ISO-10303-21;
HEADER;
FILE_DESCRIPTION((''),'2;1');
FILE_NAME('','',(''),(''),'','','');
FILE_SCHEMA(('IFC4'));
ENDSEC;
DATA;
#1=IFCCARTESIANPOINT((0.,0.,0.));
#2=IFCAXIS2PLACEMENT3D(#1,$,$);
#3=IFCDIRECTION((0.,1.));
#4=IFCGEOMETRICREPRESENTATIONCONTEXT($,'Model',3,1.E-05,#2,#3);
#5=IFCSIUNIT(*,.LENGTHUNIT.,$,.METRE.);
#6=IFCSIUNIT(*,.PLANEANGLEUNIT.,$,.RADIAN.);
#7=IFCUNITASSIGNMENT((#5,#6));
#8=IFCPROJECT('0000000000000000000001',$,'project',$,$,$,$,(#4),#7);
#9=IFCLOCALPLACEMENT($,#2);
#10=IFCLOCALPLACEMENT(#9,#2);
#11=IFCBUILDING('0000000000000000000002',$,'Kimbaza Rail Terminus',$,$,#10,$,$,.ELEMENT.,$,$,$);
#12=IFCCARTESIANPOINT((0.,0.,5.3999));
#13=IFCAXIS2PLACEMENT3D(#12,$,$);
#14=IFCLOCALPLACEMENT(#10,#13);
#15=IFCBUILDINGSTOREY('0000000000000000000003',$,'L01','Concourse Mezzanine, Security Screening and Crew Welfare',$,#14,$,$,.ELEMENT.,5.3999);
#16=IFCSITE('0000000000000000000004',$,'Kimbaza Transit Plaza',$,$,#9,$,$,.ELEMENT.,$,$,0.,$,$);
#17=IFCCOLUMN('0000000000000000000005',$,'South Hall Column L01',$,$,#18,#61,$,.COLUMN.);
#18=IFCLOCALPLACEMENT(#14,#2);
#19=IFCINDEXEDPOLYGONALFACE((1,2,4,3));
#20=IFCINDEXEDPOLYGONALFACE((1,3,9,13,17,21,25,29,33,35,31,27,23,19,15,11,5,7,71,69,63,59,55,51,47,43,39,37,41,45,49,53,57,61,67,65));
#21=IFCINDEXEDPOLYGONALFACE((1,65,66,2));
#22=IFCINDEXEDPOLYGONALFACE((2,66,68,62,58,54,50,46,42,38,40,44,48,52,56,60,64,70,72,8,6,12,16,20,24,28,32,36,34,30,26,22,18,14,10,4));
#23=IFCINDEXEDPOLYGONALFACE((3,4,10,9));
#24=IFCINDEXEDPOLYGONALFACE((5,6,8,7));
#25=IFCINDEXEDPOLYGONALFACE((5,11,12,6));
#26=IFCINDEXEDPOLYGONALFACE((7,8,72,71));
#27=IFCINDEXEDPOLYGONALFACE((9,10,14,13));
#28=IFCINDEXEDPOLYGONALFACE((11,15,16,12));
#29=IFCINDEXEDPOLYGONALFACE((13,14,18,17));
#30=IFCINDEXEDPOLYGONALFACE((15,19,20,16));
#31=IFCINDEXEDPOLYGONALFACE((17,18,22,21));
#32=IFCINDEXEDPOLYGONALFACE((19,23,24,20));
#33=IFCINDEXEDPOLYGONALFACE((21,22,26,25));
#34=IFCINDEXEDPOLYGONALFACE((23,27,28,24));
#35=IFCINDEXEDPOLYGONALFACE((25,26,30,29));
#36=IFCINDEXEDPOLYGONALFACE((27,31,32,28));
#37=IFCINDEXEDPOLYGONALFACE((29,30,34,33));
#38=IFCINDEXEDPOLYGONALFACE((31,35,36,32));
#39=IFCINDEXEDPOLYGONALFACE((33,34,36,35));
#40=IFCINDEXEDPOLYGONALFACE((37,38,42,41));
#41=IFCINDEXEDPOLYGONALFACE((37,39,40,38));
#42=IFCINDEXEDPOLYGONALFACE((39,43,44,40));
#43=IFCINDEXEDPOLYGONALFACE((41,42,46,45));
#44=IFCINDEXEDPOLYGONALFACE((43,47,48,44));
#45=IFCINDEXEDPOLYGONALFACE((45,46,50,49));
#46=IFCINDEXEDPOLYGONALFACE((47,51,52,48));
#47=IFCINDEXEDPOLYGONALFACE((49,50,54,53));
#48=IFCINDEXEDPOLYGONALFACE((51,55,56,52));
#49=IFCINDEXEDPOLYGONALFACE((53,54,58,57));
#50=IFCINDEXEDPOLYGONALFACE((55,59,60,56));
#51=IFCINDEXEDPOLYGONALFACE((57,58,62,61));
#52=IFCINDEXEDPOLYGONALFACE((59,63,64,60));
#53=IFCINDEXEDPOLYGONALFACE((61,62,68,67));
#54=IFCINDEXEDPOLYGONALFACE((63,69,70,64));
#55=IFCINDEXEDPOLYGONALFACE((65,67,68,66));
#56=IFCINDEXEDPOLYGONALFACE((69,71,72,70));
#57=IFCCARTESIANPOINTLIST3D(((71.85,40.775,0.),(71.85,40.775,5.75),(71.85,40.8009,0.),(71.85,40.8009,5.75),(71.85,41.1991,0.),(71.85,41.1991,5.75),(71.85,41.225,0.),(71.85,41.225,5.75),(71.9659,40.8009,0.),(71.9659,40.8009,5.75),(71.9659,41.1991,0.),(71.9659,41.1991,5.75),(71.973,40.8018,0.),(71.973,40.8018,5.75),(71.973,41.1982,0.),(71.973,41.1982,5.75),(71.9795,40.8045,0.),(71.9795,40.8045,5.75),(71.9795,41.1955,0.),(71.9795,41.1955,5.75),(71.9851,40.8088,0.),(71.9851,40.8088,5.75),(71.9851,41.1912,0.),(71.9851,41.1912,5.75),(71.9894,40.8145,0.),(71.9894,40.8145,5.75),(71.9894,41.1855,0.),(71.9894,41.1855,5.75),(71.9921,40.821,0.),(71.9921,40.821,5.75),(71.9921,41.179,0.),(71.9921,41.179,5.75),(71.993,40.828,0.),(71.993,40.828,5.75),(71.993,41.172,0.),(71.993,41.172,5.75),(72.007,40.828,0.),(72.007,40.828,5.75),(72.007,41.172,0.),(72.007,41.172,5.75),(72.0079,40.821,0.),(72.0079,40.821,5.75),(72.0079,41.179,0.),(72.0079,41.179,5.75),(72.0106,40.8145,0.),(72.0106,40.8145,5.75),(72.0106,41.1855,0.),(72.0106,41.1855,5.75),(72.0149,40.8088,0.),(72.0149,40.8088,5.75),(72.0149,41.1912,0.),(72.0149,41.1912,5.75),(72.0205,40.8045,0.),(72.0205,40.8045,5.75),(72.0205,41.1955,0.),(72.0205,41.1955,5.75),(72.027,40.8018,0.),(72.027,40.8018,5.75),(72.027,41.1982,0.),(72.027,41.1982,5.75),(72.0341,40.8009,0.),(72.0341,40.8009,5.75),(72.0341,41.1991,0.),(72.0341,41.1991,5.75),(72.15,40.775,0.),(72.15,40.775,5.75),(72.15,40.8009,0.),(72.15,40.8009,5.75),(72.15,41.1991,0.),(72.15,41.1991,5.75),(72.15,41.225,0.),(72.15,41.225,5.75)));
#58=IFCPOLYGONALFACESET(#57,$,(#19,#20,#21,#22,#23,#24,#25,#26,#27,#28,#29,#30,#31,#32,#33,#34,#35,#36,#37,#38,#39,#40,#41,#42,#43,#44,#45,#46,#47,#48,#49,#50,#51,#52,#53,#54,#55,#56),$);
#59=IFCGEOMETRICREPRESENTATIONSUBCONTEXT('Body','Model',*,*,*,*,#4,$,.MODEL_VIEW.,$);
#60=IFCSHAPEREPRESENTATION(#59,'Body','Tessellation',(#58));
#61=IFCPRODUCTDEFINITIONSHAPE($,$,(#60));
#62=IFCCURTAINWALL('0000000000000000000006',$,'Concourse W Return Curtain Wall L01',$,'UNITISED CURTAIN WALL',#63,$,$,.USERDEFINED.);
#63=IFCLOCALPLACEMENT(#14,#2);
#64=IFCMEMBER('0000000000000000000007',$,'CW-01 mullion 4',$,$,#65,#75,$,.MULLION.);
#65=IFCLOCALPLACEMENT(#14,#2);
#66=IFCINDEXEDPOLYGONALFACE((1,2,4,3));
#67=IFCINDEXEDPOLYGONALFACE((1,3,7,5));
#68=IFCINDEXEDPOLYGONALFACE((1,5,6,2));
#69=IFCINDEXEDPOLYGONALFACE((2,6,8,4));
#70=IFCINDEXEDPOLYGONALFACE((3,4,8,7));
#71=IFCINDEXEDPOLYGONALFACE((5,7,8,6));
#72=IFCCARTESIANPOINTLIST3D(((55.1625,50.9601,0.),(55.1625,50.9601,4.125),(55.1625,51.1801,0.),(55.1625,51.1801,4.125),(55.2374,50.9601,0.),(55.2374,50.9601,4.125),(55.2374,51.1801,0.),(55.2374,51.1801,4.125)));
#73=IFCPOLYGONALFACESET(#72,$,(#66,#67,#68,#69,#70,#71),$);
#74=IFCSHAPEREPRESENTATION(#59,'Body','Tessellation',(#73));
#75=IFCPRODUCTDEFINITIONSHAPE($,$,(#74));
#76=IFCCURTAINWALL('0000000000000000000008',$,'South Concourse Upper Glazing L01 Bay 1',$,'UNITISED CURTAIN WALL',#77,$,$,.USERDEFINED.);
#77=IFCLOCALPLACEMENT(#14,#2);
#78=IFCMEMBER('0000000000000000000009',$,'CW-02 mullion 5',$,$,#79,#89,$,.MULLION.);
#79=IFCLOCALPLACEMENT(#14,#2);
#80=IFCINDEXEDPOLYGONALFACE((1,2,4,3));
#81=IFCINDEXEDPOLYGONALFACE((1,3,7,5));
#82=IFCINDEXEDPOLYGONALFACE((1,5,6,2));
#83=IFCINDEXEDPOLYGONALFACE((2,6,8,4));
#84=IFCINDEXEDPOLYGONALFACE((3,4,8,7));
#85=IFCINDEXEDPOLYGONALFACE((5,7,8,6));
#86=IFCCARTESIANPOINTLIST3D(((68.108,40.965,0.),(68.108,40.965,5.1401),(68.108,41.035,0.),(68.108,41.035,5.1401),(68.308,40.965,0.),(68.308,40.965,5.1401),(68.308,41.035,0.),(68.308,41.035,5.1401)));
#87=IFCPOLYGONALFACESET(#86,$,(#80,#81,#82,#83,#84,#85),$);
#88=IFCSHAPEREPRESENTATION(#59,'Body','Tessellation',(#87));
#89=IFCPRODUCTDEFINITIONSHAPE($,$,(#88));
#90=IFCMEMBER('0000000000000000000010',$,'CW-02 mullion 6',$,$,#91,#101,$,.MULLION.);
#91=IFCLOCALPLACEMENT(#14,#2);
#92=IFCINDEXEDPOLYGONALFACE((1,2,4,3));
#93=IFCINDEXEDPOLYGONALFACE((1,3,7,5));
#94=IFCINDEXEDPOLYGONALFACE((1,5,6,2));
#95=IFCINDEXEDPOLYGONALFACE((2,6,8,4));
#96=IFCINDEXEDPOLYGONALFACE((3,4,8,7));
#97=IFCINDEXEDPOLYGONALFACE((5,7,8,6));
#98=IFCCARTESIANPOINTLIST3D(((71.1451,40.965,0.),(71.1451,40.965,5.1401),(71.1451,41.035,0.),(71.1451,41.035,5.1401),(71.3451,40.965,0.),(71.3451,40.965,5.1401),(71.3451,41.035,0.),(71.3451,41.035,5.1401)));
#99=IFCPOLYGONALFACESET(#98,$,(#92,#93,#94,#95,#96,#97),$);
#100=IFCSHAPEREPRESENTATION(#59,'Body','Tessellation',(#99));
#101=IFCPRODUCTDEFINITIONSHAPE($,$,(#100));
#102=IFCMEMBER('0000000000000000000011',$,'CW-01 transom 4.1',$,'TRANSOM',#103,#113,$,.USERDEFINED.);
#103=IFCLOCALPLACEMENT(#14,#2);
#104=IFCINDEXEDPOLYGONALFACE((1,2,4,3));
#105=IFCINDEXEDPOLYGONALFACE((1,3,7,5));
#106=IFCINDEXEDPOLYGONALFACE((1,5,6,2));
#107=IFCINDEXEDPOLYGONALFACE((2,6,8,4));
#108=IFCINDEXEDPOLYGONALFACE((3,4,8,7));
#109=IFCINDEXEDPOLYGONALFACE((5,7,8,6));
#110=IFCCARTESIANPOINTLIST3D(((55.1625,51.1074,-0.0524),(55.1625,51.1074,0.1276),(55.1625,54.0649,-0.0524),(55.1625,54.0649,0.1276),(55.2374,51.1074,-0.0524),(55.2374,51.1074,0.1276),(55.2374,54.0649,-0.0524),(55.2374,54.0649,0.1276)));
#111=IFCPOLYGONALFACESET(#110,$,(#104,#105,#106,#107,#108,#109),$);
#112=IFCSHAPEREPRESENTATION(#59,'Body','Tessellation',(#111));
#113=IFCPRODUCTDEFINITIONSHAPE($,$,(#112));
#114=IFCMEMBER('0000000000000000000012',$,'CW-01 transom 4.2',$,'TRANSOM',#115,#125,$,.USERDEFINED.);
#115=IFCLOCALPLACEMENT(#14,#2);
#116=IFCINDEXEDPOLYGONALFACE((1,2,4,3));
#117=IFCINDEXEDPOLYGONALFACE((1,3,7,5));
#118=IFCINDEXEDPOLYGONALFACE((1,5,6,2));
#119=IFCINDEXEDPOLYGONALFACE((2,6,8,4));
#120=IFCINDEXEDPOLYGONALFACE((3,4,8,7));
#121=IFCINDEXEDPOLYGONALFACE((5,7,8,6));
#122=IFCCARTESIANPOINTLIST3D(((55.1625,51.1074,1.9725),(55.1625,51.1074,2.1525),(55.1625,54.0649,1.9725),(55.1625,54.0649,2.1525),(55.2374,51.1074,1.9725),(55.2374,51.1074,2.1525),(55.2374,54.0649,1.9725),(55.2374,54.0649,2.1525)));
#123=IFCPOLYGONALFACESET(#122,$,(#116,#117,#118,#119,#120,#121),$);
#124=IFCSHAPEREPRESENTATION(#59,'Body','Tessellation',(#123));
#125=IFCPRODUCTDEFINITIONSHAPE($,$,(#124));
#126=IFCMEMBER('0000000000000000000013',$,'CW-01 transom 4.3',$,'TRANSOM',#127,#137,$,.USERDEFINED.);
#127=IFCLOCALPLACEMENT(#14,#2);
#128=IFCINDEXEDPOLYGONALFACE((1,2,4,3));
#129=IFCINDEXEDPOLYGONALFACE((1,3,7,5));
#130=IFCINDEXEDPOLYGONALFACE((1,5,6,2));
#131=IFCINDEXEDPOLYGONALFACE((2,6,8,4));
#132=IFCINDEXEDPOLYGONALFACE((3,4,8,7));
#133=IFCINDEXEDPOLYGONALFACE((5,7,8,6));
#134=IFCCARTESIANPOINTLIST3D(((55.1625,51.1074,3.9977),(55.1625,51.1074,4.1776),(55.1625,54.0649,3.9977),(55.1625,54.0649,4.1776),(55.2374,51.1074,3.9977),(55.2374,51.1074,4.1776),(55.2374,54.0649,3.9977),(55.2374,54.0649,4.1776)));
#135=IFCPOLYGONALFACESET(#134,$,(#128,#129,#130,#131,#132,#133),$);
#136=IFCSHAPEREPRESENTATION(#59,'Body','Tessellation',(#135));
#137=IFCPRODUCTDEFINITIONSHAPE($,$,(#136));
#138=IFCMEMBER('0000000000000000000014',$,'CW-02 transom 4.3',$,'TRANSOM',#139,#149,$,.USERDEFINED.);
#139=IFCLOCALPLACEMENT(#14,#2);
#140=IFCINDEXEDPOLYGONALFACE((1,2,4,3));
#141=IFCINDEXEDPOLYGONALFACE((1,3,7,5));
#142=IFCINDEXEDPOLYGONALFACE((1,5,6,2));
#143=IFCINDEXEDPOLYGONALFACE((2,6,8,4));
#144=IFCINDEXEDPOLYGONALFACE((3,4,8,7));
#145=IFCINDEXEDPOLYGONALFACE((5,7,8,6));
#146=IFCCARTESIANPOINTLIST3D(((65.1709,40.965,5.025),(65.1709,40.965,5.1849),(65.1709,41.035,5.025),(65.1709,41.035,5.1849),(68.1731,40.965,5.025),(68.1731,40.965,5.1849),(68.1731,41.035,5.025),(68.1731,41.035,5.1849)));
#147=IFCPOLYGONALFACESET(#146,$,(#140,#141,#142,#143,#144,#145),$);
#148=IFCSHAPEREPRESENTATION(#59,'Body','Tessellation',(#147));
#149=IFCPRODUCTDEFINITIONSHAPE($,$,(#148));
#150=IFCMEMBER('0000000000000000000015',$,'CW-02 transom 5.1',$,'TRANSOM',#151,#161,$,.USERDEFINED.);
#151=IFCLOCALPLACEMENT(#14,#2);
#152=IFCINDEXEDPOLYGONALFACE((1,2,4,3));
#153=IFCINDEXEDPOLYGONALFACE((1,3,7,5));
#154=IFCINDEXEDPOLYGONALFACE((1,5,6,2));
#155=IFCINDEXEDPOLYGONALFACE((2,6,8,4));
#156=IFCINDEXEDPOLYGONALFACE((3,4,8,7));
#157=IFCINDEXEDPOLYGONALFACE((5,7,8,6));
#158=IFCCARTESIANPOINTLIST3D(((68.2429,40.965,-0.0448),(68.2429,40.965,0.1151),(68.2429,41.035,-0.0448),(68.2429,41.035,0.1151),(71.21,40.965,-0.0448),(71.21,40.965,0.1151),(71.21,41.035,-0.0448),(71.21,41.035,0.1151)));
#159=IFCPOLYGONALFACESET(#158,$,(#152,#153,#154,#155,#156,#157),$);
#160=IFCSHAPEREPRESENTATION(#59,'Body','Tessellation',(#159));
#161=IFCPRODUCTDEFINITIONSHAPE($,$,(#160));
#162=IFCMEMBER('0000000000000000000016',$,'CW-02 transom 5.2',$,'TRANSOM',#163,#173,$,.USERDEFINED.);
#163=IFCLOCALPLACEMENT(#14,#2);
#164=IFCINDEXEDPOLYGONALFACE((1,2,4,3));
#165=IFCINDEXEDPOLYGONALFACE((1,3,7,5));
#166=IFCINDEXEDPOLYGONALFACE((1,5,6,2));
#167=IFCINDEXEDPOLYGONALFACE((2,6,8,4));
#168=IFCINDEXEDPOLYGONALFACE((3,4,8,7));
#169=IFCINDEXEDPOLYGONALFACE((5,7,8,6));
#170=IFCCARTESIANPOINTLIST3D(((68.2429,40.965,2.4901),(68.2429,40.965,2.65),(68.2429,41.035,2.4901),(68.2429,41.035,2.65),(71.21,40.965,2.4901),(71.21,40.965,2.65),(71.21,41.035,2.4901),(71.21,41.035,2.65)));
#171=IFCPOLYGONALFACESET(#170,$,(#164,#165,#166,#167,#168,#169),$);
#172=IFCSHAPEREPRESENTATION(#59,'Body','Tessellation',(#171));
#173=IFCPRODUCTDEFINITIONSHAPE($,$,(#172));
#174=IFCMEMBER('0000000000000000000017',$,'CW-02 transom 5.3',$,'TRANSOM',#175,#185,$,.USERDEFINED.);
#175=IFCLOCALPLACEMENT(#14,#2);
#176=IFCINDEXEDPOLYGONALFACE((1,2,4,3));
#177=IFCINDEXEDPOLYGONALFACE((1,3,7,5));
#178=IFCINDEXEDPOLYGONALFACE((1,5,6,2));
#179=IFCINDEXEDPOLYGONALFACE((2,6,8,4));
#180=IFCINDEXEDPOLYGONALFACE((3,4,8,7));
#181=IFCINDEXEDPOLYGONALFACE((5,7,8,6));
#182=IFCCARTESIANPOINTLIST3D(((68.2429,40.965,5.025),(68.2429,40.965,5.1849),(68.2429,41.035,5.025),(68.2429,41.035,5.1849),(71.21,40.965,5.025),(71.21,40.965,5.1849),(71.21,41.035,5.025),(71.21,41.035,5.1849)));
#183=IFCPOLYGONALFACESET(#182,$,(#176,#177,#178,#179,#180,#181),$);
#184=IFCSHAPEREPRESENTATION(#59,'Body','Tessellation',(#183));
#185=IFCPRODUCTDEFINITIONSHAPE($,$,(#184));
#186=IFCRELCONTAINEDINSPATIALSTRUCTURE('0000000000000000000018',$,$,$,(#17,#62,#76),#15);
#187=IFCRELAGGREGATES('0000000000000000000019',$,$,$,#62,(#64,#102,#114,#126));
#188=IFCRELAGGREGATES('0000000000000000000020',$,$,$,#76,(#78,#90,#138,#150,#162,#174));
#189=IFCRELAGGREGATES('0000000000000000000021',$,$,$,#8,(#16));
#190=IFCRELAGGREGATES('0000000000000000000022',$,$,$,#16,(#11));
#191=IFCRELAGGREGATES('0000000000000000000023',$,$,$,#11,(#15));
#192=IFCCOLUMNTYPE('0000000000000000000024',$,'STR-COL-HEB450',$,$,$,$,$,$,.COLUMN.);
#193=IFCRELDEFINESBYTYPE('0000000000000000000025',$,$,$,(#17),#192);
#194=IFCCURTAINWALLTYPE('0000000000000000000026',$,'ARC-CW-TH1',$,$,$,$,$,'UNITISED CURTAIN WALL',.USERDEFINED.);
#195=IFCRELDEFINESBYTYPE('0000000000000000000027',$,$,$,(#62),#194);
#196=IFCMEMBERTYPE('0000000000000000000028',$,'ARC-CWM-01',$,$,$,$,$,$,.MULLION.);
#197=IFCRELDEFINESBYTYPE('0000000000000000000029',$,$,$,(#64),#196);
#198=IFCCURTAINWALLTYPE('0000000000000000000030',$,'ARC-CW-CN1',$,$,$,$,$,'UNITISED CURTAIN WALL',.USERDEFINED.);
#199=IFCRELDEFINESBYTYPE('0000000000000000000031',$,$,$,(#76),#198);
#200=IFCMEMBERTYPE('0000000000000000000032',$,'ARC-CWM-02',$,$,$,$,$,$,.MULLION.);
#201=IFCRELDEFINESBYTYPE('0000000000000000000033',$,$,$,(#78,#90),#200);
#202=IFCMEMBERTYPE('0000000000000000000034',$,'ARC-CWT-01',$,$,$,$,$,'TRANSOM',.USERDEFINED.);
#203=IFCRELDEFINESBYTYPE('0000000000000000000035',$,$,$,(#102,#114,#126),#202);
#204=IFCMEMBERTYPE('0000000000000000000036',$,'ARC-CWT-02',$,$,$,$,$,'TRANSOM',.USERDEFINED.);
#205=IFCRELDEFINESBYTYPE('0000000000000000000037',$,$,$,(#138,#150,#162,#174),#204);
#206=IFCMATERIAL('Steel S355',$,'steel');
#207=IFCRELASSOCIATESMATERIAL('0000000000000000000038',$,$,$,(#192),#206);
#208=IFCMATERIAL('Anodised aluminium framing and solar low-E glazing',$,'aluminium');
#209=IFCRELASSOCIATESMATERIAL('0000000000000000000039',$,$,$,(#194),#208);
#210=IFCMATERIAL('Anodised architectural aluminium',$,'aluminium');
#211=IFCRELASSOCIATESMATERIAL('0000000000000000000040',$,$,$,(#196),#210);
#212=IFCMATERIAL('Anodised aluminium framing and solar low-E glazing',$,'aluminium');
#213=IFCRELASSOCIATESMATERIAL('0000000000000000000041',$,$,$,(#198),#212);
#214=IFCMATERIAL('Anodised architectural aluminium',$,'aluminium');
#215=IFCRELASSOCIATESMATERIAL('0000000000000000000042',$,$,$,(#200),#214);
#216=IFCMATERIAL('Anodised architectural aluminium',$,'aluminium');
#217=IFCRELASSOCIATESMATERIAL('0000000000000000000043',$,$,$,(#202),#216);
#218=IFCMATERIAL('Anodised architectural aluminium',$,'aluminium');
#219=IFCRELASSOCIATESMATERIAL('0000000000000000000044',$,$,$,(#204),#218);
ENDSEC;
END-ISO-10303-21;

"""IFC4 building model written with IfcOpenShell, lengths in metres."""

from ifc_helpers import new_model, si_unit, direction, frame, origin, origin_2d, place, context, subcontext, project, spatial, rectangle, i_section, extrude, material, material_profile, profile_set, type_object, element, aggregate, save


model = new_model("IFC4")

# Units and contexts
model_context = context("Model", 3, precision=1e-05, world=origin(), true_north=direction((0.0, 1.0)))
body_context = subcontext(model_context, "Body", "Model", "MODEL_VIEW")
ifc_project = project(units=[si_unit("LENGTHUNIT", "METRE"), si_unit("PLANEANGLEUNIT", "RADIAN")], contexts=[model_context])

# Site, building, storey
site_placement = place(None, origin())
site = spatial("IfcSite", under=ifc_project, at=site_placement, Name="Kimbaza Transit Plaza", CompositionType="ELEMENT", RefElevation=0.0)
building_placement = place(site_placement, origin())
building = spatial("IfcBuilding", under=site, at=building_placement, Name="Kimbaza Rail Terminus", CompositionType="ELEMENT")
storey_placement = place(building_placement, frame((0.0, 0.0, 5.3999)))
storey = spatial("IfcBuildingStorey", under=building, at=storey_placement, Name="L01", Description="Concourse Mezzanine, Security Screening and Crew Welfare", CompositionType="ELEMENT", Elevation=5.3999)

# Column
ifc_material_1 = material(Name="Steel S355", Category="steel")
ifc_material_profile_1 = material_profile(ifc_material_1, i_section(OverallWidth=0.3, OverallDepth=0.45, WebThickness=0.0139, FlangeThickness=0.0259, FilletRadius=0.0271, at=origin_2d()), Name="HEB 450")
ifc_profile_set_1 = profile_set([ifc_material_profile_1], Name="Steel S355")
column_type = type_object("IfcColumnType", Name="STR-COL-HEB450", PredefinedType="COLUMN", material=ifc_profile_set_1)
column_placement = place(storey_placement, frame((72.0, 41.0, 0.0), z_axis=(0.0, 0.0, 1.0), x_axis=(1.0, 0.0, 0.0)))
element("IfcColumn", 1, at=column_placement, inside=storey, type_object=column_type, Name="South Hall Column L01", PredefinedType="COLUMN", context=body_context, shape_type="SweptSolid", body=[
    extrude(i_section(OverallWidth=0.3, OverallDepth=0.45, WebThickness=0.0139, FlangeThickness=0.0259, FilletRadius=0.0271, at=origin_2d()), origin(), (0.0, 0.0, 1.0), 5.75),
])

# Curtain wall, member
ifc_material_2 = material(Name="Anodised aluminium framing and solar low-E glazing", Category="aluminium")
curtain_wall_type_1 = type_object("IfcCurtainWallType", Name="ARC-CW-TH1", ElementType="UNITISED CURTAIN WALL", PredefinedType="USERDEFINED", material=ifc_material_2)
curtain_wall_1_placement = place(storey_placement, origin())
curtain_wall_1 = element("IfcCurtainWall", 2, at=curtain_wall_1_placement, inside=storey, type_object=curtain_wall_type_1, Name="Concourse W Return Curtain Wall L01", ObjectType="UNITISED CURTAIN WALL", PredefinedType="USERDEFINED")
ifc_material_3 = material(Name="Anodised architectural aluminium", Category="aluminium")
ifc_material_profile_2 = material_profile(ifc_material_3, rectangle(XDim=0.075, YDim=0.22, at=origin_2d()), Name="MULLION 75x220")
ifc_profile_set_2 = profile_set([ifc_material_profile_2], Name="Anodised architectural aluminium")
member_type_1 = type_object("IfcMemberType", Name="ARC-CWM-01", PredefinedType="MULLION", material=ifc_profile_set_2)
member_1_placement = place(storey_placement, frame((55.2, 51.0701, 0.0), z_axis=(0.0, 0.0, 1.0), x_axis=(-1.0, 0.0, 0.0)))
member_1 = element("IfcMember", 3, at=member_1_placement, type_object=member_type_1, Name="CW-01 mullion 4", PredefinedType="MULLION", context=body_context, shape_type="SweptSolid", body=[
    extrude(rectangle(XDim=0.075, YDim=0.22, at=origin_2d()), origin(), (0.0, 0.0, 1.0), 4.125),
])

# Curtain wall, members
ifc_material_4 = material(Name="Anodised aluminium framing and solar low-E glazing", Category="aluminium")
curtain_wall_type_2 = type_object("IfcCurtainWallType", Name="ARC-CW-CN1", ElementType="UNITISED CURTAIN WALL", PredefinedType="USERDEFINED", material=ifc_material_4)
curtain_wall_2_placement = place(storey_placement, origin())
curtain_wall_2 = element("IfcCurtainWall", 4, at=curtain_wall_2_placement, inside=storey, type_object=curtain_wall_type_2, Name="South Concourse Upper Glazing L01 Bay 1", ObjectType="UNITISED CURTAIN WALL", PredefinedType="USERDEFINED")
ifc_material_5 = material(Name="Anodised architectural aluminium", Category="aluminium")
ifc_material_profile_3 = material_profile(ifc_material_5, rectangle(XDim=0.0701, YDim=0.2, at=origin_2d()), Name="MULLION 70x200")
ifc_profile_set_3 = profile_set([ifc_material_profile_3], Name="Anodised architectural aluminium")
member_type_2 = type_object("IfcMemberType", Name="ARC-CWM-02", PredefinedType="MULLION", material=ifc_profile_set_3)
member_2_placement = place(storey_placement, frame((68.208, 41.0, 0.0), z_axis=(0.0, 0.0, 1.0), x_axis=(0.0, 1.0, 0.0)))
member_2 = element("IfcMember", 5, at=member_2_placement, type_object=member_type_2, Name="CW-02 mullion 5", PredefinedType="MULLION", context=body_context, shape_type="SweptSolid", body=[
    extrude(rectangle(XDim=0.0701, YDim=0.2, at=origin_2d()), origin(), (0.0, 0.0, 1.0), 5.1401),
])
member_3_placement = place(storey_placement, frame((71.2451, 41.0, 0.0), z_axis=(0.0, 0.0, 1.0), x_axis=(0.0, 1.0, 0.0)))
member_3 = element("IfcMember", 6, at=member_3_placement, type_object=member_type_2, Name="CW-02 mullion 6", PredefinedType="MULLION", context=body_context, shape_type="SweptSolid", body=[
    extrude(rectangle(XDim=0.0701, YDim=0.2, at=origin_2d()), origin(), (0.0, 0.0, 1.0), 5.1401),
])

# Members
ifc_material_6 = material(Name="Anodised architectural aluminium", Category="aluminium")
ifc_material_profile_4 = material_profile(ifc_material_6, rectangle(XDim=0.075, YDim=0.1799, at=origin_2d()), Name="TRANSOM 75x180")
ifc_profile_set_4 = profile_set([ifc_material_profile_4], Name="Anodised architectural aluminium")
member_type_3 = type_object("IfcMemberType", Name="ARC-CWT-01", ElementType="TRANSOM", PredefinedType="USERDEFINED", material=ifc_profile_set_4)
member_4_placement = place(storey_placement, frame((55.2, 51.1074, 0.0376), z_axis=(0.0, 1.0, 0.0), x_axis=(-1.0, 0.0, 0.0)))
member_4 = element("IfcMember", 7, at=member_4_placement, type_object=member_type_3, Name="CW-01 transom 4.1", ObjectType="TRANSOM", PredefinedType="USERDEFINED", context=body_context, shape_type="SweptSolid", body=[
    extrude(rectangle(XDim=0.075, YDim=0.1799, at=origin_2d()), origin(), (0.0, 0.0, 1.0), 2.9575),
])
member_5_placement = place(storey_placement, frame((55.2, 51.1074, 2.0625), z_axis=(0.0, 1.0, 0.0), x_axis=(-1.0, 0.0, 0.0)))
member_5 = element("IfcMember", 8, at=member_5_placement, type_object=member_type_3, Name="CW-01 transom 4.2", ObjectType="TRANSOM", PredefinedType="USERDEFINED", context=body_context, shape_type="SweptSolid", body=[
    extrude(rectangle(XDim=0.075, YDim=0.1799, at=origin_2d()), origin(), (0.0, 0.0, 1.0), 2.9575),
])
member_6_placement = place(storey_placement, frame((55.2, 51.1074, 4.0876), z_axis=(0.0, 1.0, 0.0), x_axis=(-1.0, 0.0, 0.0)))
member_6 = element("IfcMember", 9, at=member_6_placement, type_object=member_type_3, Name="CW-01 transom 4.3", ObjectType="TRANSOM", PredefinedType="USERDEFINED", context=body_context, shape_type="SweptSolid", body=[
    extrude(rectangle(XDim=0.075, YDim=0.1799, at=origin_2d()), origin(), (0.0, 0.0, 1.0), 2.9575),
])
ifc_material_7 = material(Name="Anodised architectural aluminium", Category="aluminium")
ifc_material_profile_5 = material_profile(ifc_material_7, rectangle(XDim=0.0701, YDim=0.1599, at=origin_2d()), Name="TRANSOM 70x160")
ifc_profile_set_5 = profile_set([ifc_material_profile_5], Name="Anodised architectural aluminium")
member_type_4 = type_object("IfcMemberType", Name="ARC-CWT-02", ElementType="TRANSOM", PredefinedType="USERDEFINED", material=ifc_profile_set_5)
member_7_placement = place(storey_placement, frame((65.1709, 41.0, 5.105), z_axis=(1.0, 0.0, 0.0), x_axis=(0.0, 1.0, 0.0)))
member_7 = element("IfcMember", 10, at=member_7_placement, type_object=member_type_4, Name="CW-02 transom 4.3", ObjectType="TRANSOM", PredefinedType="USERDEFINED", context=body_context, shape_type="SweptSolid", body=[
    extrude(rectangle(XDim=0.0701, YDim=0.1599, at=origin_2d()), origin(), (0.0, 0.0, 1.0), 3.0022),
])
member_8_placement = place(storey_placement, frame((68.2429, 41.0, 0.0352), z_axis=(1.0, 0.0, 0.0), x_axis=(0.0, 1.0, 0.0)))
member_8 = element("IfcMember", 11, at=member_8_placement, type_object=member_type_4, Name="CW-02 transom 5.1", ObjectType="TRANSOM", PredefinedType="USERDEFINED", context=body_context, shape_type="SweptSolid", body=[
    extrude(rectangle(XDim=0.0701, YDim=0.1599, at=origin_2d()), origin(), (0.0, 0.0, 1.0), 2.967),
])
member_9_placement = place(storey_placement, frame((68.2429, 41.0, 2.5701), z_axis=(1.0, 0.0, 0.0), x_axis=(0.0, 1.0, 0.0)))
member_9 = element("IfcMember", 12, at=member_9_placement, type_object=member_type_4, Name="CW-02 transom 5.2", ObjectType="TRANSOM", PredefinedType="USERDEFINED", context=body_context, shape_type="SweptSolid", body=[
    extrude(rectangle(XDim=0.0701, YDim=0.1599, at=origin_2d()), origin(), (0.0, 0.0, 1.0), 2.967),
])
member_10_placement = place(storey_placement, frame((68.2429, 41.0, 5.105), z_axis=(1.0, 0.0, 0.0), x_axis=(0.0, 1.0, 0.0)))
member_10 = element("IfcMember", 13, at=member_10_placement, type_object=member_type_4, Name="CW-02 transom 5.3", ObjectType="TRANSOM", PredefinedType="USERDEFINED", context=body_context, shape_type="SweptSolid", body=[
    extrude(rectangle(XDim=0.0701, YDim=0.1599, at=origin_2d()), origin(), (0.0, 0.0, 1.0), 2.967),
])

aggregate(curtain_wall_1, [member_1, member_4, member_5, member_6])
aggregate(curtain_wall_2, [member_2, member_3, member_7, member_8, member_9, member_10])

save(model, "model.ifc")
